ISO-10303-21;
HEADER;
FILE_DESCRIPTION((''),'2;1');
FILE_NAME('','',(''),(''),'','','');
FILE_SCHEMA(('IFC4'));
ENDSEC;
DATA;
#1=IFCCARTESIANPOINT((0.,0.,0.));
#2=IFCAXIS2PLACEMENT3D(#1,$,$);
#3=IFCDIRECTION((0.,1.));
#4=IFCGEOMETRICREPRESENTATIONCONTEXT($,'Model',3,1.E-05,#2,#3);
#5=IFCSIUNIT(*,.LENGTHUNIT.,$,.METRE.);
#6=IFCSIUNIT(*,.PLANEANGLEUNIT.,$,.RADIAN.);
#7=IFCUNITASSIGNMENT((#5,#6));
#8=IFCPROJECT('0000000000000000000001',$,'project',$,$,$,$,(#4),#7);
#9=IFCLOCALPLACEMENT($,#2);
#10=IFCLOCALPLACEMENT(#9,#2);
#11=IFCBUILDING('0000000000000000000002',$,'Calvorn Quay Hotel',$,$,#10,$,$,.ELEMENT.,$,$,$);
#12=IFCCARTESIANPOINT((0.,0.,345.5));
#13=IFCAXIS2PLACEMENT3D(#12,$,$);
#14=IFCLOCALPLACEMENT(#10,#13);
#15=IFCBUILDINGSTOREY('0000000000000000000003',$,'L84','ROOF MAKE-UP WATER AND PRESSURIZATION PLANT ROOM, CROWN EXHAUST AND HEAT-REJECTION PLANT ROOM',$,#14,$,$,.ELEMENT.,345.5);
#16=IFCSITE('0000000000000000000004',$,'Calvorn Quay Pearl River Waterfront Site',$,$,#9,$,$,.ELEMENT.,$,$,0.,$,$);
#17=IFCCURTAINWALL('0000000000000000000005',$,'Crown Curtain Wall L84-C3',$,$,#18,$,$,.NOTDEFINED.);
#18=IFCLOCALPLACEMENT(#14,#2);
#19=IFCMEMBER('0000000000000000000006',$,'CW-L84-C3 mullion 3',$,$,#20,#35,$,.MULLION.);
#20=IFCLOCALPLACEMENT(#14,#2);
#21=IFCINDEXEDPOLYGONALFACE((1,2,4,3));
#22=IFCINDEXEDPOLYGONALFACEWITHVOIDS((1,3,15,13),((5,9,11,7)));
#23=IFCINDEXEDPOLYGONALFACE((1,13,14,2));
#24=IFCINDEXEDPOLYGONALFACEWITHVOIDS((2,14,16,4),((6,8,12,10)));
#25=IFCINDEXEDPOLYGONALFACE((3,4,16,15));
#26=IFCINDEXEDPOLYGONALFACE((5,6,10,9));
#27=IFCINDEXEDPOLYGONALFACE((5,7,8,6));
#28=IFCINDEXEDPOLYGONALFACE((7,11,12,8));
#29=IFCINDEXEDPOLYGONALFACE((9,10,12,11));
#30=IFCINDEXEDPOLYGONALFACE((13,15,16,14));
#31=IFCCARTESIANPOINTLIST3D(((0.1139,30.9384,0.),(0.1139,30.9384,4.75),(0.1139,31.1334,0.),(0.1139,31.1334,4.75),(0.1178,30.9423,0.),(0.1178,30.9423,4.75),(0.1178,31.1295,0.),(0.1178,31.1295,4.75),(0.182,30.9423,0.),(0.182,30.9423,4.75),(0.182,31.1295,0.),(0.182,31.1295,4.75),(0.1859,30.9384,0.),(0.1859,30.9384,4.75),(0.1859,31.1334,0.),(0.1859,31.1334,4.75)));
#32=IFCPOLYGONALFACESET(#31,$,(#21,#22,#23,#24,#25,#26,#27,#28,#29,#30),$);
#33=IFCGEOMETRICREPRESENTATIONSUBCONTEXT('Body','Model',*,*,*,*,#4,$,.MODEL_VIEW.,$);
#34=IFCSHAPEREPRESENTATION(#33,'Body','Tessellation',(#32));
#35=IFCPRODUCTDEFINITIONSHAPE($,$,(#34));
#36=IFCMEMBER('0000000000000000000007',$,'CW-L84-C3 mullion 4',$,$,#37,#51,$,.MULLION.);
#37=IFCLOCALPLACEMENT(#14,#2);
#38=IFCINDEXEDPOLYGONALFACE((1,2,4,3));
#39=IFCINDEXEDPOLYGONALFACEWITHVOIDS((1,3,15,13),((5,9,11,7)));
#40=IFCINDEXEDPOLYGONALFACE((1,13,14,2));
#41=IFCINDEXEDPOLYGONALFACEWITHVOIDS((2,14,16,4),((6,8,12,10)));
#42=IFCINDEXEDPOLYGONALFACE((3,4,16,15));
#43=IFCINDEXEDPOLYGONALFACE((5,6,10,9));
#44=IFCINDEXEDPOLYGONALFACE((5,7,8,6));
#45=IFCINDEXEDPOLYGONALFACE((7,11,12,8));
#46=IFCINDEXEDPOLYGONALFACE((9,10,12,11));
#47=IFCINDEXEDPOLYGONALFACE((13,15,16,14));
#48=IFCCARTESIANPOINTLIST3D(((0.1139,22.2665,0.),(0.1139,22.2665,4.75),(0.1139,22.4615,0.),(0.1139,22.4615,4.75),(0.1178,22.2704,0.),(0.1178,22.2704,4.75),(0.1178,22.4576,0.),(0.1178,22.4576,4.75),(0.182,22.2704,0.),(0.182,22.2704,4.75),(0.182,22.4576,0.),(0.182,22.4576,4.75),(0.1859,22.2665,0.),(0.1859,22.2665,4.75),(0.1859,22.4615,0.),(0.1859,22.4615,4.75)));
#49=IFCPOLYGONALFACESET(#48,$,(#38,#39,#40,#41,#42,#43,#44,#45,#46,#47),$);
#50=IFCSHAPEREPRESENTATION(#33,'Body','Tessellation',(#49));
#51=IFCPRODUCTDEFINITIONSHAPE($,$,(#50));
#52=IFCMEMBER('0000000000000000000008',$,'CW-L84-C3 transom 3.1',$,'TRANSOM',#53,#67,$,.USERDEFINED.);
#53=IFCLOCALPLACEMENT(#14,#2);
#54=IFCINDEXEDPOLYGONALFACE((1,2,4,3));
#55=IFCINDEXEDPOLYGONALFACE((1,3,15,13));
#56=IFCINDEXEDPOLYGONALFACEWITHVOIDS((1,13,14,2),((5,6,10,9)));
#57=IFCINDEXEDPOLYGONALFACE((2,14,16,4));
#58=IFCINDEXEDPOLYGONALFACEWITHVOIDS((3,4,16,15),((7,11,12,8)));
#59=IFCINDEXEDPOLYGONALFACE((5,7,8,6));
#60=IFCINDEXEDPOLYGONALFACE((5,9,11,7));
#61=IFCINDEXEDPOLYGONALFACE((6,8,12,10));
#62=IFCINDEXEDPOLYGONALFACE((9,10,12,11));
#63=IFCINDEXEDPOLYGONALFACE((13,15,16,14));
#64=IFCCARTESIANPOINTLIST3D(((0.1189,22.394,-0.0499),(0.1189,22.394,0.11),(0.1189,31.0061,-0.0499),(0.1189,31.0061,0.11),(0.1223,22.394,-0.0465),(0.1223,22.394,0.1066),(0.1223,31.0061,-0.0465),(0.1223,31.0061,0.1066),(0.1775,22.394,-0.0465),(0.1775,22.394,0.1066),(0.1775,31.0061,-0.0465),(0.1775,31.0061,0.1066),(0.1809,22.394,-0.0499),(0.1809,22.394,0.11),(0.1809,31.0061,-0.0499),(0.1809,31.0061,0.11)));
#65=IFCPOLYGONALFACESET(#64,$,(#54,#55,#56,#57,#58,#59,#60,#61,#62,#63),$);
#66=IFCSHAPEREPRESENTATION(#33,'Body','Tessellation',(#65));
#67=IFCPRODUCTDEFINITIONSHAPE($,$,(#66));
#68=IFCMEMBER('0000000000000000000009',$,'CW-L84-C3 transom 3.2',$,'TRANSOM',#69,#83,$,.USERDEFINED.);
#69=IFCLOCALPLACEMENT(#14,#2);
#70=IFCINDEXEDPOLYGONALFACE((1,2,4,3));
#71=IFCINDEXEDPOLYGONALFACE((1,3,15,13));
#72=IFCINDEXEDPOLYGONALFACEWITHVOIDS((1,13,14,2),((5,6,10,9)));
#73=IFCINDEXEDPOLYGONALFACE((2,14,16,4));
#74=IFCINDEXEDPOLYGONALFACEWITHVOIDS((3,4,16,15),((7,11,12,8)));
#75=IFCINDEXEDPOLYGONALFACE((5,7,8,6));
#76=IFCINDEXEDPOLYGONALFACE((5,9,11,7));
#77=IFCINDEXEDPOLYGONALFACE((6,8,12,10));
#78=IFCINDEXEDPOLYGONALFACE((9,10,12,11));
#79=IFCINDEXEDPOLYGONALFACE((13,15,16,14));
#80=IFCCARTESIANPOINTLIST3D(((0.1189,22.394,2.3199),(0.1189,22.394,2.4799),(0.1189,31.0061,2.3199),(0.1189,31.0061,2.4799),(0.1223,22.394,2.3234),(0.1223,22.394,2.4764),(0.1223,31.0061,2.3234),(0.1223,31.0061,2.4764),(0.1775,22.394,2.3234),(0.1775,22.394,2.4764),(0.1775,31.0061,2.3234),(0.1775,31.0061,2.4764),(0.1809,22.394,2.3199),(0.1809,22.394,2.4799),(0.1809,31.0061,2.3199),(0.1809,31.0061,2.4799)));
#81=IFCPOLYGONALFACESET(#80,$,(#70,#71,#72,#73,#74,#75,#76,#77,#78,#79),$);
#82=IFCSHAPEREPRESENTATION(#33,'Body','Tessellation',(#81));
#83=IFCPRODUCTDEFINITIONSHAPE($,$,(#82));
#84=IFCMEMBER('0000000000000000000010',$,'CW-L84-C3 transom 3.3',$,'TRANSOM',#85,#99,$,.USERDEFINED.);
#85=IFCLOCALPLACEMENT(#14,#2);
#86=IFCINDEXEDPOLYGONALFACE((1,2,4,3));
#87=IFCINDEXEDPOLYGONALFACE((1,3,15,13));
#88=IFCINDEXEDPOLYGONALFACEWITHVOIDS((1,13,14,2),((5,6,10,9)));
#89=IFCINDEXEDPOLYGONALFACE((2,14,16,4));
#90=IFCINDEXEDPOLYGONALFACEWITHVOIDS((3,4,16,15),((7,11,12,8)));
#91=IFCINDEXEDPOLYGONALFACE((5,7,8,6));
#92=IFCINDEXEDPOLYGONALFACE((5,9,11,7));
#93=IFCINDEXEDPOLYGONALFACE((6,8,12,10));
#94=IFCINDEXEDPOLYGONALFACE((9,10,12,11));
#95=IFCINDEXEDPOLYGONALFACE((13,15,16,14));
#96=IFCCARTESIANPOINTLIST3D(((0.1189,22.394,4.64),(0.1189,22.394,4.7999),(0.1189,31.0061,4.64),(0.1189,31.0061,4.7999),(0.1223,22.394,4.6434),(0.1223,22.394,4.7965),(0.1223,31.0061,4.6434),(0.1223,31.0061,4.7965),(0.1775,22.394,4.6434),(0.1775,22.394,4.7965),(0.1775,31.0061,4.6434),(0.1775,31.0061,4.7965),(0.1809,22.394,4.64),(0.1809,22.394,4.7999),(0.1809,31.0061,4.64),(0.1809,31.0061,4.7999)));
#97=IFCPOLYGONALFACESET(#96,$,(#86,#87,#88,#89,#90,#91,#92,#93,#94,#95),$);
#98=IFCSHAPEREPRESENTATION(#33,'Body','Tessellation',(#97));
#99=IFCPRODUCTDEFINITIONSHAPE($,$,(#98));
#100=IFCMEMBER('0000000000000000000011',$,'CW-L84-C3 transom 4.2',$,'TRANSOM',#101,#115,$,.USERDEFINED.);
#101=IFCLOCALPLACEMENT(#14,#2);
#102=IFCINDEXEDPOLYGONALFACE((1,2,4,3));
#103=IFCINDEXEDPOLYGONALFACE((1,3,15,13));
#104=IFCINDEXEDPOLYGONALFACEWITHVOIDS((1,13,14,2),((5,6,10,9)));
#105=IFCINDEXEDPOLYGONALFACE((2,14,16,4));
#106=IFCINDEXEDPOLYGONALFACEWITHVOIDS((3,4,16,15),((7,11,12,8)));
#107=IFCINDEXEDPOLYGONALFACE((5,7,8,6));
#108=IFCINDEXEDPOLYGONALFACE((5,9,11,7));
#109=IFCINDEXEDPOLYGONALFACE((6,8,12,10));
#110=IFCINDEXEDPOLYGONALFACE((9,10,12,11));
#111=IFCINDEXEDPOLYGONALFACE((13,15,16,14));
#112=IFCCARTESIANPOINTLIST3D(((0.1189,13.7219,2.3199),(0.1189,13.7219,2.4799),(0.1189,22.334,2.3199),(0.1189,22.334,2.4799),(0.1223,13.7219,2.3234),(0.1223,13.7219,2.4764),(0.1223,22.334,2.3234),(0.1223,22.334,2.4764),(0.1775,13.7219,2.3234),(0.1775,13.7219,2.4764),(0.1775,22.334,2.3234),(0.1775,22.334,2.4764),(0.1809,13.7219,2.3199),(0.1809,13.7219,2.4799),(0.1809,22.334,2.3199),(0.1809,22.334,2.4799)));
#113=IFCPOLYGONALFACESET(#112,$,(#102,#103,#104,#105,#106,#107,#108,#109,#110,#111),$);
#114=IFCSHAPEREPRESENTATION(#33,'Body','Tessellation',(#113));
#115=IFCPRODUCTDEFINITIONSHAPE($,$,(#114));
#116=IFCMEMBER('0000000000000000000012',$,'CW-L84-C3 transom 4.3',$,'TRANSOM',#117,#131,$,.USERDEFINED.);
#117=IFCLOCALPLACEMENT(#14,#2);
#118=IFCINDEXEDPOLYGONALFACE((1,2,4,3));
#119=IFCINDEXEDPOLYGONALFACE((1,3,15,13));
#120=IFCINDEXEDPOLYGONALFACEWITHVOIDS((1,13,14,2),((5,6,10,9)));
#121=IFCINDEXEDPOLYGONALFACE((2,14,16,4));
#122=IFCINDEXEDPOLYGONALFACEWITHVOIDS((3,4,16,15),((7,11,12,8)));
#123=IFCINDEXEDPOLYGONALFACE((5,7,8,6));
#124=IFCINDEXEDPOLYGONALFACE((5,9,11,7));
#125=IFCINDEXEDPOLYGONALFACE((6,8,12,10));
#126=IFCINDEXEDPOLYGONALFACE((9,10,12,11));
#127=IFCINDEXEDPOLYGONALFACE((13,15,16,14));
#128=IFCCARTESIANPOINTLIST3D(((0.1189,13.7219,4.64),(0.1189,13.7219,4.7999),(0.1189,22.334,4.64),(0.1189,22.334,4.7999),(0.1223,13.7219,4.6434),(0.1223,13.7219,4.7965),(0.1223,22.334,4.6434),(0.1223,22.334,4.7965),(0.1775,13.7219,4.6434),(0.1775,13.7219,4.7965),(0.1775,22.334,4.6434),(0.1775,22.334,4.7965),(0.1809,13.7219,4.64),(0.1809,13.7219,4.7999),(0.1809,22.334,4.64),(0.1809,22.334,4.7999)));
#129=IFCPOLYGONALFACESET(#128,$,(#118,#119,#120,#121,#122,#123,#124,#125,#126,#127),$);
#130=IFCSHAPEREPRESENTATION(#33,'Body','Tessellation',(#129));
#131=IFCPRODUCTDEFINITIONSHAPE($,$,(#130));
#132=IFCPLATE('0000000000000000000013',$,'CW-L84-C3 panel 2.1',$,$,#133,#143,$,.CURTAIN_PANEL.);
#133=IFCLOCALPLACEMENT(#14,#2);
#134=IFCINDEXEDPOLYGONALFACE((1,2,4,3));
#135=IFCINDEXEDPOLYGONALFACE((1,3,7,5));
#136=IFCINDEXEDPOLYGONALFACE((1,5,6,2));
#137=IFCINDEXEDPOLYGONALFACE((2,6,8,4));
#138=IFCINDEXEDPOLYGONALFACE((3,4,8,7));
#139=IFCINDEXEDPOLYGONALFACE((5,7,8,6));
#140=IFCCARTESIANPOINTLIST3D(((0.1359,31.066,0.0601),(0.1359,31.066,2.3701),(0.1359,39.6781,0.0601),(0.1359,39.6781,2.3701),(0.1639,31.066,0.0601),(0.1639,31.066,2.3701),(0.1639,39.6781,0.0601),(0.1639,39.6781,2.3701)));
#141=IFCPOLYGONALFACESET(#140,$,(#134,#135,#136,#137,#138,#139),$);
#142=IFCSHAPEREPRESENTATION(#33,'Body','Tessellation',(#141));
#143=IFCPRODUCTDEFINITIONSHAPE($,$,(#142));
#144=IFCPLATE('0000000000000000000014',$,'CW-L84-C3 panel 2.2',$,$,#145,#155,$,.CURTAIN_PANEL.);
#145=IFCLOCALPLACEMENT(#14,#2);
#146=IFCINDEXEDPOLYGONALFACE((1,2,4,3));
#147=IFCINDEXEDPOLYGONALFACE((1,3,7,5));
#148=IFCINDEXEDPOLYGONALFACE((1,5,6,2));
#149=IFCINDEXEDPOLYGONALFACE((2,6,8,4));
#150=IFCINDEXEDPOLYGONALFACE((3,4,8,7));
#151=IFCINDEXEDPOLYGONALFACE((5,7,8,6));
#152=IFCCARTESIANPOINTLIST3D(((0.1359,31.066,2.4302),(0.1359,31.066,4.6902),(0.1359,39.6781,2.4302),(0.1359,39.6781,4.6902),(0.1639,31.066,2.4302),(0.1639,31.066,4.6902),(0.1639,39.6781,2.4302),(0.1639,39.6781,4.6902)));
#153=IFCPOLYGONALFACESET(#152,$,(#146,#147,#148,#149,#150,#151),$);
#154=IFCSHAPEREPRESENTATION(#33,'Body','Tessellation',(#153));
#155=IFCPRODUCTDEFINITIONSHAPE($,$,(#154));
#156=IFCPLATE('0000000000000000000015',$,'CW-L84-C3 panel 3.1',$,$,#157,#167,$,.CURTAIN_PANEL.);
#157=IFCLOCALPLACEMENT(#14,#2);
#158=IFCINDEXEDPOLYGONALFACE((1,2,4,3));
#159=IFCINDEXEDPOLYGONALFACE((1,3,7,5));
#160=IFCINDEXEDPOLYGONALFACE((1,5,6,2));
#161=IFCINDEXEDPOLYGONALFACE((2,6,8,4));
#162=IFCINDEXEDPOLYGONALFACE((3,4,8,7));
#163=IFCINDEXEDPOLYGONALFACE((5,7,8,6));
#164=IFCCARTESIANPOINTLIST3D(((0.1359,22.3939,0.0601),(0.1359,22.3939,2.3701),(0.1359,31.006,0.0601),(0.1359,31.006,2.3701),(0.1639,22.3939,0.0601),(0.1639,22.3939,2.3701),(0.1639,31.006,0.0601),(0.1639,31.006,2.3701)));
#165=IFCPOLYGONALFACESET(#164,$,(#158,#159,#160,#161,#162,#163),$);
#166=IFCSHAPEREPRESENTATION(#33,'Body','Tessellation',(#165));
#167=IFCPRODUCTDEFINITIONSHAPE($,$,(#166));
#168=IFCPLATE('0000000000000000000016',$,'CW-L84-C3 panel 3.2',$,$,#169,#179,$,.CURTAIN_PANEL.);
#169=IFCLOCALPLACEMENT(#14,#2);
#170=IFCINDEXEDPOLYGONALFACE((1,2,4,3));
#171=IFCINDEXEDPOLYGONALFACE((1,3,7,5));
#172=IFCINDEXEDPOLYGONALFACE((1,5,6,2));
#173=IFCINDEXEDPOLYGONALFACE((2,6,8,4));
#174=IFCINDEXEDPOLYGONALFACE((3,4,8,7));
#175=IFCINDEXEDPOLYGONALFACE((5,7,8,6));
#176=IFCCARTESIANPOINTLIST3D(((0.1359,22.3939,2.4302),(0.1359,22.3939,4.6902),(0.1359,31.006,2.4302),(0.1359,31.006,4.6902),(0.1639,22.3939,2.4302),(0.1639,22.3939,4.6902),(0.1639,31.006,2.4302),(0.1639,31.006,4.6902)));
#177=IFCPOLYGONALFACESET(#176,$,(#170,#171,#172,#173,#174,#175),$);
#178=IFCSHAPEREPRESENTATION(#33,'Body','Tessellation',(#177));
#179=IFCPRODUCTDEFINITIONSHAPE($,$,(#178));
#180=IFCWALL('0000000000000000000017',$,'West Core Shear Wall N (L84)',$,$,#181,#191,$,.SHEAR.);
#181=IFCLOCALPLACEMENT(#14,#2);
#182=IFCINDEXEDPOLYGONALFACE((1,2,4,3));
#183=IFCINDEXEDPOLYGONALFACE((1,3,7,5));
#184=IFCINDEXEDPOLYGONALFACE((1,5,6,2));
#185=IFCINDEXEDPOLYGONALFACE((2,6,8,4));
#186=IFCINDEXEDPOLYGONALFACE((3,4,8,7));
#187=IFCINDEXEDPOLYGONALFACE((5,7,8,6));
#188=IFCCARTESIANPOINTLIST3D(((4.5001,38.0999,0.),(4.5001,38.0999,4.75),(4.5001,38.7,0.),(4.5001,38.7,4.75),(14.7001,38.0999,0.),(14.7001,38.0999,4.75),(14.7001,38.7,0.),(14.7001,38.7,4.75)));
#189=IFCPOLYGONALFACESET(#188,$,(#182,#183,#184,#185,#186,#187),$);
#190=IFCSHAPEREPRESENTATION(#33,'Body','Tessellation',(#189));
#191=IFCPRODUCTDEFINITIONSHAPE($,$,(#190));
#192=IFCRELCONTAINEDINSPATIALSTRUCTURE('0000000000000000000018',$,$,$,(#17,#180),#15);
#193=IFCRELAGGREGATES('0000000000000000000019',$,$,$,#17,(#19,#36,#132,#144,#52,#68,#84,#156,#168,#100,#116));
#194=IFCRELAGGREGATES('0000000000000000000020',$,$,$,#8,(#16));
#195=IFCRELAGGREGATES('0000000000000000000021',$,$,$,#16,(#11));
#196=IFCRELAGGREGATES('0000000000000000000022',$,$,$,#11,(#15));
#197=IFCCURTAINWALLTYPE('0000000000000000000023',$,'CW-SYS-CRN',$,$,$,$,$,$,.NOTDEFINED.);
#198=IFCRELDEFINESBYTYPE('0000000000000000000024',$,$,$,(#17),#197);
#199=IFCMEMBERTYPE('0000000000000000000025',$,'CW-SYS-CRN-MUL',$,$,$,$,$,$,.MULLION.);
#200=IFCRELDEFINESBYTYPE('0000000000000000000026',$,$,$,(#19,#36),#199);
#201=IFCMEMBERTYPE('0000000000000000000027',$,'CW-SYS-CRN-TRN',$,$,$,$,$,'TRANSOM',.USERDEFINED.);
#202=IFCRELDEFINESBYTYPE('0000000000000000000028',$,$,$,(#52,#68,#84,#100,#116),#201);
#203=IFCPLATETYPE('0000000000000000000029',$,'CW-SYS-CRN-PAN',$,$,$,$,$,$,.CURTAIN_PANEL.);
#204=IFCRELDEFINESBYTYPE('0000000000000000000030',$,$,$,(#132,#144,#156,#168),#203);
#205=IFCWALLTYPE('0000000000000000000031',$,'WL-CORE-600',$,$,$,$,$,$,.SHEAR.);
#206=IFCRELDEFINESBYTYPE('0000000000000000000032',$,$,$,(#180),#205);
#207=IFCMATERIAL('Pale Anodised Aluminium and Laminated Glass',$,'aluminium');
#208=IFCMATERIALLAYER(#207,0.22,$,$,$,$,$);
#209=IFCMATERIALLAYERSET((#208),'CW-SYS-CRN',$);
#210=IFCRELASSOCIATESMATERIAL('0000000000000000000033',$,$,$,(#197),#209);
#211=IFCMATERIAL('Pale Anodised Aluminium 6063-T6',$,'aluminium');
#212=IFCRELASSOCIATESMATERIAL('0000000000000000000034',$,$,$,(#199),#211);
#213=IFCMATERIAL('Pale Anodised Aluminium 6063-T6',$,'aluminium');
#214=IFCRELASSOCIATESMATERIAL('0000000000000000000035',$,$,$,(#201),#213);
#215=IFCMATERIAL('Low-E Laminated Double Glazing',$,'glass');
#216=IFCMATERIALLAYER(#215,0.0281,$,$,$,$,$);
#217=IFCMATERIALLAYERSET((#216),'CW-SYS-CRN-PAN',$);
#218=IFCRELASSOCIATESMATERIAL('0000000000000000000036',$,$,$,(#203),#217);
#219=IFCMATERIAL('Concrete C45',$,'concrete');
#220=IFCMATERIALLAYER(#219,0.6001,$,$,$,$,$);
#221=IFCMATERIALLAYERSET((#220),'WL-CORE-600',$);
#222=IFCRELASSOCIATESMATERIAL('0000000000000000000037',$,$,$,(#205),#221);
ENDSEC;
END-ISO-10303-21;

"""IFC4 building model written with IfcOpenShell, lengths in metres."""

from ifc_helpers import new_model, si_unit, direction, frame, frame_2d, origin, origin_2d, place, context, subcontext, project, spatial, rectangle, hollow_rectangle, extrude, material, layer, layer_set, material_profile, profile_set, type_object, element, aggregate, save


model = new_model("IFC4")

# Units and contexts
model_context = context("Model", 3, precision=1e-05, world=origin(), true_north=direction((0.0, 1.0)))
body_context = subcontext(model_context, "Body", "Model", "MODEL_VIEW")
ifc_project = project(units=[si_unit("LENGTHUNIT", "METRE"), si_unit("PLANEANGLEUNIT", "RADIAN")], contexts=[model_context])

# Site, building, storey
site_placement = place(None, origin())
site = spatial("IfcSite", under=ifc_project, at=site_placement, Name="Calvorn Quay Pearl River Waterfront Site", CompositionType="ELEMENT", RefElevation=0.0)
building_placement = place(site_placement, origin())
building = spatial("IfcBuilding", under=site, at=building_placement, Name="Calvorn Quay Hotel", CompositionType="ELEMENT")
storey_placement = place(building_placement, frame((0.0, 0.0, 345.5)))
storey = spatial("IfcBuildingStorey", under=building, at=storey_placement, Name="L84", Description="ROOF MAKE-UP WATER AND PRESSURIZATION PLANT ROOM, CROWN EXHAUST AND HEAT-REJECTION PLANT ROOM", CompositionType="ELEMENT", Elevation=345.5)

# Curtain wall, members, plates
ifc_material_1 = material(Name="Pale Anodised Aluminium and Laminated Glass", Category="aluminium")
ifc_layer_1 = layer(ifc_material_1, 0.22)
ifc_layer_set_1 = layer_set([ifc_layer_1], Name="CW-SYS-CRN")
curtain_wall_type = type_object("IfcCurtainWallType", Name="CW-SYS-CRN", PredefinedType="NOTDEFINED", material=ifc_layer_set_1)
curtain_wall_placement = place(storey_placement, origin())
curtain_wall = element("IfcCurtainWall", 1, at=curtain_wall_placement, inside=storey, type_object=curtain_wall_type, Name="Crown Curtain Wall L84-C3", PredefinedType="NOTDEFINED")
ifc_material_2 = material(Name="Pale Anodised Aluminium 6063-T6", Category="aluminium")
ifc_material_profile_1 = material_profile(ifc_material_2, hollow_rectangle(XDim=0.072, YDim=0.1951, WallThickness=0.0039, at=origin_2d()), Name="ALU-M195x72x4")
ifc_profile_set_1 = profile_set([ifc_material_profile_1], Name="Pale Anodised Aluminium 6063-T6")
member_type_1 = type_object("IfcMemberType", Name="CW-SYS-CRN-MUL", PredefinedType="MULLION", material=ifc_profile_set_1)
member_1_placement = place(storey_placement, frame((0.1499, 31.0359, 0.0), z_axis=(0.0, 0.0, 1.0), x_axis=(1.0, 0.0, 0.0)))
member_1 = element("IfcMember", 2, at=member_1_placement, type_object=member_type_1, Name="CW-L84-C3 mullion 3", PredefinedType="MULLION", context=body_context, shape_type="SweptSolid", body=[
    extrude(hollow_rectangle(XDim=0.072, YDim=0.1951, WallThickness=0.0039, at=origin_2d()), origin(), (0.0, 0.0, 1.0), 4.75),
])
member_2_placement = place(storey_placement, frame((0.1499, 22.364, 0.0), z_axis=(0.0, 0.0, 1.0), x_axis=(1.0, 0.0, 0.0)))
member_2 = element("IfcMember", 3, at=member_2_placement, type_object=member_type_1, Name="CW-L84-C3 mullion 4", PredefinedType="MULLION", context=body_context, shape_type="SweptSolid", body=[
    extrude(hollow_rectangle(XDim=0.072, YDim=0.1951, WallThickness=0.0039, at=origin_2d()), origin(), (0.0, 0.0, 1.0), 4.75),
])
ifc_material_3 = material(Name="Pale Anodised Aluminium 6063-T6", Category="aluminium")
ifc_material_profile_2 = material_profile(ifc_material_3, hollow_rectangle(XDim=0.062, YDim=0.1599, WallThickness=0.0034, at=origin_2d()), Name="ALU-T160x62x3.5")
ifc_profile_set_2 = profile_set([ifc_material_profile_2], Name="Pale Anodised Aluminium 6063-T6")
member_type_2 = type_object("IfcMemberType", Name="CW-SYS-CRN-TRN", ElementType="TRANSOM", PredefinedType="USERDEFINED", material=ifc_profile_set_2)
member_3_placement = place(storey_placement, frame((0.1499, 31.0061, 0.03), z_axis=(0.0, -1.0, 0.0), x_axis=(1.0, 0.0, 0.0)))
member_3 = element("IfcMember", 4, at=member_3_placement, type_object=member_type_2, Name="CW-L84-C3 transom 3.1", ObjectType="TRANSOM", PredefinedType="USERDEFINED", context=body_context, shape_type="SweptSolid", body=[
    extrude(hollow_rectangle(XDim=0.062, YDim=0.1599, WallThickness=0.0034, at=origin_2d()), origin(), (0.0, 0.0, 1.0), 8.6121),
])
member_4_placement = place(storey_placement, frame((0.1499, 31.0061, 2.3999), z_axis=(0.0, -1.0, 0.0), x_axis=(1.0, 0.0, 0.0)))
member_4 = element("IfcMember", 5, at=member_4_placement, type_object=member_type_2, Name="CW-L84-C3 transom 3.2", ObjectType="TRANSOM", PredefinedType="USERDEFINED", context=body_context, shape_type="SweptSolid", body=[
    extrude(hollow_rectangle(XDim=0.062, YDim=0.1599, WallThickness=0.0034, at=origin_2d()), origin(), (0.0, 0.0, 1.0), 8.6121),
])
member_5_placement = place(storey_placement, frame((0.1499, 31.0061, 4.72), z_axis=(0.0, -1.0, 0.0), x_axis=(1.0, 0.0, 0.0)))
member_5 = element("IfcMember", 6, at=member_5_placement, type_object=member_type_2, Name="CW-L84-C3 transom 3.3", ObjectType="TRANSOM", PredefinedType="USERDEFINED", context=body_context, shape_type="SweptSolid", body=[
    extrude(hollow_rectangle(XDim=0.062, YDim=0.1599, WallThickness=0.0034, at=origin_2d()), origin(), (0.0, 0.0, 1.0), 8.6121),
])
member_6_placement = place(storey_placement, frame((0.1499, 22.334, 2.3999), z_axis=(0.0, -1.0, 0.0), x_axis=(1.0, 0.0, 0.0)))
member_6 = element("IfcMember", 7, at=member_6_placement, type_object=member_type_2, Name="CW-L84-C3 transom 4.2", ObjectType="TRANSOM", PredefinedType="USERDEFINED", context=body_context, shape_type="SweptSolid", body=[
    extrude(hollow_rectangle(XDim=0.062, YDim=0.1599, WallThickness=0.0034, at=origin_2d()), origin(), (0.0, 0.0, 1.0), 8.6121),
])
member_7_placement = place(storey_placement, frame((0.1499, 22.334, 4.72), z_axis=(0.0, -1.0, 0.0), x_axis=(1.0, 0.0, 0.0)))
member_7 = element("IfcMember", 8, at=member_7_placement, type_object=member_type_2, Name="CW-L84-C3 transom 4.3", ObjectType="TRANSOM", PredefinedType="USERDEFINED", context=body_context, shape_type="SweptSolid", body=[
    extrude(hollow_rectangle(XDim=0.062, YDim=0.1599, WallThickness=0.0034, at=origin_2d()), origin(), (0.0, 0.0, 1.0), 8.6121),
])
ifc_material_4 = material(Name="Low-E Laminated Double Glazing", Category="glass")
ifc_layer_2 = layer(ifc_material_4, 0.0281)
ifc_layer_set_2 = layer_set([ifc_layer_2], Name="CW-SYS-CRN-PAN")
plate_type = type_object("IfcPlateType", Name="CW-SYS-CRN-PAN", PredefinedType="CURTAIN_PANEL", material=ifc_layer_set_2)
plate_1_placement = place(storey_placement, frame((0.1499, 35.3721, 0.0601), z_axis=(0.0, 0.0, 1.0), x_axis=(0.0, -1.0, 0.0)))
plate_1 = element("IfcPlate", 9, at=plate_1_placement, type_object=plate_type, Name="CW-L84-C3 panel 2.1", PredefinedType="CURTAIN_PANEL", context=body_context, shape_type="SweptSolid", body=[
    extrude(rectangle(XDim=8.6121, YDim=0.0281, at=origin_2d()), origin(), (0.0, 0.0, 1.0), 2.3101),
])
plate_2_placement = place(storey_placement, frame((0.1499, 35.3721, 2.4302), z_axis=(0.0, 0.0, 1.0), x_axis=(0.0, -1.0, 0.0)))
plate_2 = element("IfcPlate", 10, at=plate_2_placement, type_object=plate_type, Name="CW-L84-C3 panel 2.2", PredefinedType="CURTAIN_PANEL", context=body_context, shape_type="SweptSolid", body=[
    extrude(rectangle(XDim=8.6121, YDim=0.0281, at=origin_2d()), origin(), (0.0, 0.0, 1.0), 2.26),
])
plate_3_placement = place(storey_placement, frame((0.1499, 26.7, 0.0601), z_axis=(0.0, 0.0, 1.0), x_axis=(0.0, -1.0, 0.0)))
plate_3 = element("IfcPlate", 11, at=plate_3_placement, type_object=plate_type, Name="CW-L84-C3 panel 3.1", PredefinedType="CURTAIN_PANEL", context=body_context, shape_type="SweptSolid", body=[
    extrude(rectangle(XDim=8.6121, YDim=0.0281, at=origin_2d()), origin(), (0.0, 0.0, 1.0), 2.3101),
])
plate_4_placement = place(storey_placement, frame((0.1499, 26.7, 2.4302), z_axis=(0.0, 0.0, 1.0), x_axis=(0.0, -1.0, 0.0)))
plate_4 = element("IfcPlate", 12, at=plate_4_placement, type_object=plate_type, Name="CW-L84-C3 panel 3.2", PredefinedType="CURTAIN_PANEL", context=body_context, shape_type="SweptSolid", body=[
    extrude(rectangle(XDim=8.6121, YDim=0.0281, at=origin_2d()), origin(), (0.0, 0.0, 1.0), 2.26),
])
aggregate(curtain_wall, [member_1, member_2, plate_1, plate_2, member_3, member_4, member_5, plate_3, plate_4, member_6, member_7])

# Wall
ifc_material_5 = material(Name="Concrete C45", Category="concrete")
ifc_layer_3 = layer(ifc_material_5, 0.6001)
ifc_layer_set_3 = layer_set([ifc_layer_3], Name="WL-CORE-600")
wall_type_1 = type_object("IfcWallType", Name="WL-CORE-600", PredefinedType="SHEAR", material=ifc_layer_set_3)
wall_1_placement = place(storey_placement, frame((4.5, 38.3999, 0.0), z_axis=(0.0, 0.0, 1.0), x_axis=(1.0, 0.0, 0.0)))
element("IfcWall", 13, at=wall_1_placement, inside=storey, type_object=wall_type_1, Name="West Core Shear Wall N (L84)", PredefinedType="SHEAR", context=body_context, shape_type="SweptSolid", body=[
    extrude(rectangle(XDim=10.2, YDim=0.6001, at=frame_2d((5.1001, 0.0))), origin(), (0.0, 0.0, 1.0), 4.75),
])

save(model, "model.ifc")
